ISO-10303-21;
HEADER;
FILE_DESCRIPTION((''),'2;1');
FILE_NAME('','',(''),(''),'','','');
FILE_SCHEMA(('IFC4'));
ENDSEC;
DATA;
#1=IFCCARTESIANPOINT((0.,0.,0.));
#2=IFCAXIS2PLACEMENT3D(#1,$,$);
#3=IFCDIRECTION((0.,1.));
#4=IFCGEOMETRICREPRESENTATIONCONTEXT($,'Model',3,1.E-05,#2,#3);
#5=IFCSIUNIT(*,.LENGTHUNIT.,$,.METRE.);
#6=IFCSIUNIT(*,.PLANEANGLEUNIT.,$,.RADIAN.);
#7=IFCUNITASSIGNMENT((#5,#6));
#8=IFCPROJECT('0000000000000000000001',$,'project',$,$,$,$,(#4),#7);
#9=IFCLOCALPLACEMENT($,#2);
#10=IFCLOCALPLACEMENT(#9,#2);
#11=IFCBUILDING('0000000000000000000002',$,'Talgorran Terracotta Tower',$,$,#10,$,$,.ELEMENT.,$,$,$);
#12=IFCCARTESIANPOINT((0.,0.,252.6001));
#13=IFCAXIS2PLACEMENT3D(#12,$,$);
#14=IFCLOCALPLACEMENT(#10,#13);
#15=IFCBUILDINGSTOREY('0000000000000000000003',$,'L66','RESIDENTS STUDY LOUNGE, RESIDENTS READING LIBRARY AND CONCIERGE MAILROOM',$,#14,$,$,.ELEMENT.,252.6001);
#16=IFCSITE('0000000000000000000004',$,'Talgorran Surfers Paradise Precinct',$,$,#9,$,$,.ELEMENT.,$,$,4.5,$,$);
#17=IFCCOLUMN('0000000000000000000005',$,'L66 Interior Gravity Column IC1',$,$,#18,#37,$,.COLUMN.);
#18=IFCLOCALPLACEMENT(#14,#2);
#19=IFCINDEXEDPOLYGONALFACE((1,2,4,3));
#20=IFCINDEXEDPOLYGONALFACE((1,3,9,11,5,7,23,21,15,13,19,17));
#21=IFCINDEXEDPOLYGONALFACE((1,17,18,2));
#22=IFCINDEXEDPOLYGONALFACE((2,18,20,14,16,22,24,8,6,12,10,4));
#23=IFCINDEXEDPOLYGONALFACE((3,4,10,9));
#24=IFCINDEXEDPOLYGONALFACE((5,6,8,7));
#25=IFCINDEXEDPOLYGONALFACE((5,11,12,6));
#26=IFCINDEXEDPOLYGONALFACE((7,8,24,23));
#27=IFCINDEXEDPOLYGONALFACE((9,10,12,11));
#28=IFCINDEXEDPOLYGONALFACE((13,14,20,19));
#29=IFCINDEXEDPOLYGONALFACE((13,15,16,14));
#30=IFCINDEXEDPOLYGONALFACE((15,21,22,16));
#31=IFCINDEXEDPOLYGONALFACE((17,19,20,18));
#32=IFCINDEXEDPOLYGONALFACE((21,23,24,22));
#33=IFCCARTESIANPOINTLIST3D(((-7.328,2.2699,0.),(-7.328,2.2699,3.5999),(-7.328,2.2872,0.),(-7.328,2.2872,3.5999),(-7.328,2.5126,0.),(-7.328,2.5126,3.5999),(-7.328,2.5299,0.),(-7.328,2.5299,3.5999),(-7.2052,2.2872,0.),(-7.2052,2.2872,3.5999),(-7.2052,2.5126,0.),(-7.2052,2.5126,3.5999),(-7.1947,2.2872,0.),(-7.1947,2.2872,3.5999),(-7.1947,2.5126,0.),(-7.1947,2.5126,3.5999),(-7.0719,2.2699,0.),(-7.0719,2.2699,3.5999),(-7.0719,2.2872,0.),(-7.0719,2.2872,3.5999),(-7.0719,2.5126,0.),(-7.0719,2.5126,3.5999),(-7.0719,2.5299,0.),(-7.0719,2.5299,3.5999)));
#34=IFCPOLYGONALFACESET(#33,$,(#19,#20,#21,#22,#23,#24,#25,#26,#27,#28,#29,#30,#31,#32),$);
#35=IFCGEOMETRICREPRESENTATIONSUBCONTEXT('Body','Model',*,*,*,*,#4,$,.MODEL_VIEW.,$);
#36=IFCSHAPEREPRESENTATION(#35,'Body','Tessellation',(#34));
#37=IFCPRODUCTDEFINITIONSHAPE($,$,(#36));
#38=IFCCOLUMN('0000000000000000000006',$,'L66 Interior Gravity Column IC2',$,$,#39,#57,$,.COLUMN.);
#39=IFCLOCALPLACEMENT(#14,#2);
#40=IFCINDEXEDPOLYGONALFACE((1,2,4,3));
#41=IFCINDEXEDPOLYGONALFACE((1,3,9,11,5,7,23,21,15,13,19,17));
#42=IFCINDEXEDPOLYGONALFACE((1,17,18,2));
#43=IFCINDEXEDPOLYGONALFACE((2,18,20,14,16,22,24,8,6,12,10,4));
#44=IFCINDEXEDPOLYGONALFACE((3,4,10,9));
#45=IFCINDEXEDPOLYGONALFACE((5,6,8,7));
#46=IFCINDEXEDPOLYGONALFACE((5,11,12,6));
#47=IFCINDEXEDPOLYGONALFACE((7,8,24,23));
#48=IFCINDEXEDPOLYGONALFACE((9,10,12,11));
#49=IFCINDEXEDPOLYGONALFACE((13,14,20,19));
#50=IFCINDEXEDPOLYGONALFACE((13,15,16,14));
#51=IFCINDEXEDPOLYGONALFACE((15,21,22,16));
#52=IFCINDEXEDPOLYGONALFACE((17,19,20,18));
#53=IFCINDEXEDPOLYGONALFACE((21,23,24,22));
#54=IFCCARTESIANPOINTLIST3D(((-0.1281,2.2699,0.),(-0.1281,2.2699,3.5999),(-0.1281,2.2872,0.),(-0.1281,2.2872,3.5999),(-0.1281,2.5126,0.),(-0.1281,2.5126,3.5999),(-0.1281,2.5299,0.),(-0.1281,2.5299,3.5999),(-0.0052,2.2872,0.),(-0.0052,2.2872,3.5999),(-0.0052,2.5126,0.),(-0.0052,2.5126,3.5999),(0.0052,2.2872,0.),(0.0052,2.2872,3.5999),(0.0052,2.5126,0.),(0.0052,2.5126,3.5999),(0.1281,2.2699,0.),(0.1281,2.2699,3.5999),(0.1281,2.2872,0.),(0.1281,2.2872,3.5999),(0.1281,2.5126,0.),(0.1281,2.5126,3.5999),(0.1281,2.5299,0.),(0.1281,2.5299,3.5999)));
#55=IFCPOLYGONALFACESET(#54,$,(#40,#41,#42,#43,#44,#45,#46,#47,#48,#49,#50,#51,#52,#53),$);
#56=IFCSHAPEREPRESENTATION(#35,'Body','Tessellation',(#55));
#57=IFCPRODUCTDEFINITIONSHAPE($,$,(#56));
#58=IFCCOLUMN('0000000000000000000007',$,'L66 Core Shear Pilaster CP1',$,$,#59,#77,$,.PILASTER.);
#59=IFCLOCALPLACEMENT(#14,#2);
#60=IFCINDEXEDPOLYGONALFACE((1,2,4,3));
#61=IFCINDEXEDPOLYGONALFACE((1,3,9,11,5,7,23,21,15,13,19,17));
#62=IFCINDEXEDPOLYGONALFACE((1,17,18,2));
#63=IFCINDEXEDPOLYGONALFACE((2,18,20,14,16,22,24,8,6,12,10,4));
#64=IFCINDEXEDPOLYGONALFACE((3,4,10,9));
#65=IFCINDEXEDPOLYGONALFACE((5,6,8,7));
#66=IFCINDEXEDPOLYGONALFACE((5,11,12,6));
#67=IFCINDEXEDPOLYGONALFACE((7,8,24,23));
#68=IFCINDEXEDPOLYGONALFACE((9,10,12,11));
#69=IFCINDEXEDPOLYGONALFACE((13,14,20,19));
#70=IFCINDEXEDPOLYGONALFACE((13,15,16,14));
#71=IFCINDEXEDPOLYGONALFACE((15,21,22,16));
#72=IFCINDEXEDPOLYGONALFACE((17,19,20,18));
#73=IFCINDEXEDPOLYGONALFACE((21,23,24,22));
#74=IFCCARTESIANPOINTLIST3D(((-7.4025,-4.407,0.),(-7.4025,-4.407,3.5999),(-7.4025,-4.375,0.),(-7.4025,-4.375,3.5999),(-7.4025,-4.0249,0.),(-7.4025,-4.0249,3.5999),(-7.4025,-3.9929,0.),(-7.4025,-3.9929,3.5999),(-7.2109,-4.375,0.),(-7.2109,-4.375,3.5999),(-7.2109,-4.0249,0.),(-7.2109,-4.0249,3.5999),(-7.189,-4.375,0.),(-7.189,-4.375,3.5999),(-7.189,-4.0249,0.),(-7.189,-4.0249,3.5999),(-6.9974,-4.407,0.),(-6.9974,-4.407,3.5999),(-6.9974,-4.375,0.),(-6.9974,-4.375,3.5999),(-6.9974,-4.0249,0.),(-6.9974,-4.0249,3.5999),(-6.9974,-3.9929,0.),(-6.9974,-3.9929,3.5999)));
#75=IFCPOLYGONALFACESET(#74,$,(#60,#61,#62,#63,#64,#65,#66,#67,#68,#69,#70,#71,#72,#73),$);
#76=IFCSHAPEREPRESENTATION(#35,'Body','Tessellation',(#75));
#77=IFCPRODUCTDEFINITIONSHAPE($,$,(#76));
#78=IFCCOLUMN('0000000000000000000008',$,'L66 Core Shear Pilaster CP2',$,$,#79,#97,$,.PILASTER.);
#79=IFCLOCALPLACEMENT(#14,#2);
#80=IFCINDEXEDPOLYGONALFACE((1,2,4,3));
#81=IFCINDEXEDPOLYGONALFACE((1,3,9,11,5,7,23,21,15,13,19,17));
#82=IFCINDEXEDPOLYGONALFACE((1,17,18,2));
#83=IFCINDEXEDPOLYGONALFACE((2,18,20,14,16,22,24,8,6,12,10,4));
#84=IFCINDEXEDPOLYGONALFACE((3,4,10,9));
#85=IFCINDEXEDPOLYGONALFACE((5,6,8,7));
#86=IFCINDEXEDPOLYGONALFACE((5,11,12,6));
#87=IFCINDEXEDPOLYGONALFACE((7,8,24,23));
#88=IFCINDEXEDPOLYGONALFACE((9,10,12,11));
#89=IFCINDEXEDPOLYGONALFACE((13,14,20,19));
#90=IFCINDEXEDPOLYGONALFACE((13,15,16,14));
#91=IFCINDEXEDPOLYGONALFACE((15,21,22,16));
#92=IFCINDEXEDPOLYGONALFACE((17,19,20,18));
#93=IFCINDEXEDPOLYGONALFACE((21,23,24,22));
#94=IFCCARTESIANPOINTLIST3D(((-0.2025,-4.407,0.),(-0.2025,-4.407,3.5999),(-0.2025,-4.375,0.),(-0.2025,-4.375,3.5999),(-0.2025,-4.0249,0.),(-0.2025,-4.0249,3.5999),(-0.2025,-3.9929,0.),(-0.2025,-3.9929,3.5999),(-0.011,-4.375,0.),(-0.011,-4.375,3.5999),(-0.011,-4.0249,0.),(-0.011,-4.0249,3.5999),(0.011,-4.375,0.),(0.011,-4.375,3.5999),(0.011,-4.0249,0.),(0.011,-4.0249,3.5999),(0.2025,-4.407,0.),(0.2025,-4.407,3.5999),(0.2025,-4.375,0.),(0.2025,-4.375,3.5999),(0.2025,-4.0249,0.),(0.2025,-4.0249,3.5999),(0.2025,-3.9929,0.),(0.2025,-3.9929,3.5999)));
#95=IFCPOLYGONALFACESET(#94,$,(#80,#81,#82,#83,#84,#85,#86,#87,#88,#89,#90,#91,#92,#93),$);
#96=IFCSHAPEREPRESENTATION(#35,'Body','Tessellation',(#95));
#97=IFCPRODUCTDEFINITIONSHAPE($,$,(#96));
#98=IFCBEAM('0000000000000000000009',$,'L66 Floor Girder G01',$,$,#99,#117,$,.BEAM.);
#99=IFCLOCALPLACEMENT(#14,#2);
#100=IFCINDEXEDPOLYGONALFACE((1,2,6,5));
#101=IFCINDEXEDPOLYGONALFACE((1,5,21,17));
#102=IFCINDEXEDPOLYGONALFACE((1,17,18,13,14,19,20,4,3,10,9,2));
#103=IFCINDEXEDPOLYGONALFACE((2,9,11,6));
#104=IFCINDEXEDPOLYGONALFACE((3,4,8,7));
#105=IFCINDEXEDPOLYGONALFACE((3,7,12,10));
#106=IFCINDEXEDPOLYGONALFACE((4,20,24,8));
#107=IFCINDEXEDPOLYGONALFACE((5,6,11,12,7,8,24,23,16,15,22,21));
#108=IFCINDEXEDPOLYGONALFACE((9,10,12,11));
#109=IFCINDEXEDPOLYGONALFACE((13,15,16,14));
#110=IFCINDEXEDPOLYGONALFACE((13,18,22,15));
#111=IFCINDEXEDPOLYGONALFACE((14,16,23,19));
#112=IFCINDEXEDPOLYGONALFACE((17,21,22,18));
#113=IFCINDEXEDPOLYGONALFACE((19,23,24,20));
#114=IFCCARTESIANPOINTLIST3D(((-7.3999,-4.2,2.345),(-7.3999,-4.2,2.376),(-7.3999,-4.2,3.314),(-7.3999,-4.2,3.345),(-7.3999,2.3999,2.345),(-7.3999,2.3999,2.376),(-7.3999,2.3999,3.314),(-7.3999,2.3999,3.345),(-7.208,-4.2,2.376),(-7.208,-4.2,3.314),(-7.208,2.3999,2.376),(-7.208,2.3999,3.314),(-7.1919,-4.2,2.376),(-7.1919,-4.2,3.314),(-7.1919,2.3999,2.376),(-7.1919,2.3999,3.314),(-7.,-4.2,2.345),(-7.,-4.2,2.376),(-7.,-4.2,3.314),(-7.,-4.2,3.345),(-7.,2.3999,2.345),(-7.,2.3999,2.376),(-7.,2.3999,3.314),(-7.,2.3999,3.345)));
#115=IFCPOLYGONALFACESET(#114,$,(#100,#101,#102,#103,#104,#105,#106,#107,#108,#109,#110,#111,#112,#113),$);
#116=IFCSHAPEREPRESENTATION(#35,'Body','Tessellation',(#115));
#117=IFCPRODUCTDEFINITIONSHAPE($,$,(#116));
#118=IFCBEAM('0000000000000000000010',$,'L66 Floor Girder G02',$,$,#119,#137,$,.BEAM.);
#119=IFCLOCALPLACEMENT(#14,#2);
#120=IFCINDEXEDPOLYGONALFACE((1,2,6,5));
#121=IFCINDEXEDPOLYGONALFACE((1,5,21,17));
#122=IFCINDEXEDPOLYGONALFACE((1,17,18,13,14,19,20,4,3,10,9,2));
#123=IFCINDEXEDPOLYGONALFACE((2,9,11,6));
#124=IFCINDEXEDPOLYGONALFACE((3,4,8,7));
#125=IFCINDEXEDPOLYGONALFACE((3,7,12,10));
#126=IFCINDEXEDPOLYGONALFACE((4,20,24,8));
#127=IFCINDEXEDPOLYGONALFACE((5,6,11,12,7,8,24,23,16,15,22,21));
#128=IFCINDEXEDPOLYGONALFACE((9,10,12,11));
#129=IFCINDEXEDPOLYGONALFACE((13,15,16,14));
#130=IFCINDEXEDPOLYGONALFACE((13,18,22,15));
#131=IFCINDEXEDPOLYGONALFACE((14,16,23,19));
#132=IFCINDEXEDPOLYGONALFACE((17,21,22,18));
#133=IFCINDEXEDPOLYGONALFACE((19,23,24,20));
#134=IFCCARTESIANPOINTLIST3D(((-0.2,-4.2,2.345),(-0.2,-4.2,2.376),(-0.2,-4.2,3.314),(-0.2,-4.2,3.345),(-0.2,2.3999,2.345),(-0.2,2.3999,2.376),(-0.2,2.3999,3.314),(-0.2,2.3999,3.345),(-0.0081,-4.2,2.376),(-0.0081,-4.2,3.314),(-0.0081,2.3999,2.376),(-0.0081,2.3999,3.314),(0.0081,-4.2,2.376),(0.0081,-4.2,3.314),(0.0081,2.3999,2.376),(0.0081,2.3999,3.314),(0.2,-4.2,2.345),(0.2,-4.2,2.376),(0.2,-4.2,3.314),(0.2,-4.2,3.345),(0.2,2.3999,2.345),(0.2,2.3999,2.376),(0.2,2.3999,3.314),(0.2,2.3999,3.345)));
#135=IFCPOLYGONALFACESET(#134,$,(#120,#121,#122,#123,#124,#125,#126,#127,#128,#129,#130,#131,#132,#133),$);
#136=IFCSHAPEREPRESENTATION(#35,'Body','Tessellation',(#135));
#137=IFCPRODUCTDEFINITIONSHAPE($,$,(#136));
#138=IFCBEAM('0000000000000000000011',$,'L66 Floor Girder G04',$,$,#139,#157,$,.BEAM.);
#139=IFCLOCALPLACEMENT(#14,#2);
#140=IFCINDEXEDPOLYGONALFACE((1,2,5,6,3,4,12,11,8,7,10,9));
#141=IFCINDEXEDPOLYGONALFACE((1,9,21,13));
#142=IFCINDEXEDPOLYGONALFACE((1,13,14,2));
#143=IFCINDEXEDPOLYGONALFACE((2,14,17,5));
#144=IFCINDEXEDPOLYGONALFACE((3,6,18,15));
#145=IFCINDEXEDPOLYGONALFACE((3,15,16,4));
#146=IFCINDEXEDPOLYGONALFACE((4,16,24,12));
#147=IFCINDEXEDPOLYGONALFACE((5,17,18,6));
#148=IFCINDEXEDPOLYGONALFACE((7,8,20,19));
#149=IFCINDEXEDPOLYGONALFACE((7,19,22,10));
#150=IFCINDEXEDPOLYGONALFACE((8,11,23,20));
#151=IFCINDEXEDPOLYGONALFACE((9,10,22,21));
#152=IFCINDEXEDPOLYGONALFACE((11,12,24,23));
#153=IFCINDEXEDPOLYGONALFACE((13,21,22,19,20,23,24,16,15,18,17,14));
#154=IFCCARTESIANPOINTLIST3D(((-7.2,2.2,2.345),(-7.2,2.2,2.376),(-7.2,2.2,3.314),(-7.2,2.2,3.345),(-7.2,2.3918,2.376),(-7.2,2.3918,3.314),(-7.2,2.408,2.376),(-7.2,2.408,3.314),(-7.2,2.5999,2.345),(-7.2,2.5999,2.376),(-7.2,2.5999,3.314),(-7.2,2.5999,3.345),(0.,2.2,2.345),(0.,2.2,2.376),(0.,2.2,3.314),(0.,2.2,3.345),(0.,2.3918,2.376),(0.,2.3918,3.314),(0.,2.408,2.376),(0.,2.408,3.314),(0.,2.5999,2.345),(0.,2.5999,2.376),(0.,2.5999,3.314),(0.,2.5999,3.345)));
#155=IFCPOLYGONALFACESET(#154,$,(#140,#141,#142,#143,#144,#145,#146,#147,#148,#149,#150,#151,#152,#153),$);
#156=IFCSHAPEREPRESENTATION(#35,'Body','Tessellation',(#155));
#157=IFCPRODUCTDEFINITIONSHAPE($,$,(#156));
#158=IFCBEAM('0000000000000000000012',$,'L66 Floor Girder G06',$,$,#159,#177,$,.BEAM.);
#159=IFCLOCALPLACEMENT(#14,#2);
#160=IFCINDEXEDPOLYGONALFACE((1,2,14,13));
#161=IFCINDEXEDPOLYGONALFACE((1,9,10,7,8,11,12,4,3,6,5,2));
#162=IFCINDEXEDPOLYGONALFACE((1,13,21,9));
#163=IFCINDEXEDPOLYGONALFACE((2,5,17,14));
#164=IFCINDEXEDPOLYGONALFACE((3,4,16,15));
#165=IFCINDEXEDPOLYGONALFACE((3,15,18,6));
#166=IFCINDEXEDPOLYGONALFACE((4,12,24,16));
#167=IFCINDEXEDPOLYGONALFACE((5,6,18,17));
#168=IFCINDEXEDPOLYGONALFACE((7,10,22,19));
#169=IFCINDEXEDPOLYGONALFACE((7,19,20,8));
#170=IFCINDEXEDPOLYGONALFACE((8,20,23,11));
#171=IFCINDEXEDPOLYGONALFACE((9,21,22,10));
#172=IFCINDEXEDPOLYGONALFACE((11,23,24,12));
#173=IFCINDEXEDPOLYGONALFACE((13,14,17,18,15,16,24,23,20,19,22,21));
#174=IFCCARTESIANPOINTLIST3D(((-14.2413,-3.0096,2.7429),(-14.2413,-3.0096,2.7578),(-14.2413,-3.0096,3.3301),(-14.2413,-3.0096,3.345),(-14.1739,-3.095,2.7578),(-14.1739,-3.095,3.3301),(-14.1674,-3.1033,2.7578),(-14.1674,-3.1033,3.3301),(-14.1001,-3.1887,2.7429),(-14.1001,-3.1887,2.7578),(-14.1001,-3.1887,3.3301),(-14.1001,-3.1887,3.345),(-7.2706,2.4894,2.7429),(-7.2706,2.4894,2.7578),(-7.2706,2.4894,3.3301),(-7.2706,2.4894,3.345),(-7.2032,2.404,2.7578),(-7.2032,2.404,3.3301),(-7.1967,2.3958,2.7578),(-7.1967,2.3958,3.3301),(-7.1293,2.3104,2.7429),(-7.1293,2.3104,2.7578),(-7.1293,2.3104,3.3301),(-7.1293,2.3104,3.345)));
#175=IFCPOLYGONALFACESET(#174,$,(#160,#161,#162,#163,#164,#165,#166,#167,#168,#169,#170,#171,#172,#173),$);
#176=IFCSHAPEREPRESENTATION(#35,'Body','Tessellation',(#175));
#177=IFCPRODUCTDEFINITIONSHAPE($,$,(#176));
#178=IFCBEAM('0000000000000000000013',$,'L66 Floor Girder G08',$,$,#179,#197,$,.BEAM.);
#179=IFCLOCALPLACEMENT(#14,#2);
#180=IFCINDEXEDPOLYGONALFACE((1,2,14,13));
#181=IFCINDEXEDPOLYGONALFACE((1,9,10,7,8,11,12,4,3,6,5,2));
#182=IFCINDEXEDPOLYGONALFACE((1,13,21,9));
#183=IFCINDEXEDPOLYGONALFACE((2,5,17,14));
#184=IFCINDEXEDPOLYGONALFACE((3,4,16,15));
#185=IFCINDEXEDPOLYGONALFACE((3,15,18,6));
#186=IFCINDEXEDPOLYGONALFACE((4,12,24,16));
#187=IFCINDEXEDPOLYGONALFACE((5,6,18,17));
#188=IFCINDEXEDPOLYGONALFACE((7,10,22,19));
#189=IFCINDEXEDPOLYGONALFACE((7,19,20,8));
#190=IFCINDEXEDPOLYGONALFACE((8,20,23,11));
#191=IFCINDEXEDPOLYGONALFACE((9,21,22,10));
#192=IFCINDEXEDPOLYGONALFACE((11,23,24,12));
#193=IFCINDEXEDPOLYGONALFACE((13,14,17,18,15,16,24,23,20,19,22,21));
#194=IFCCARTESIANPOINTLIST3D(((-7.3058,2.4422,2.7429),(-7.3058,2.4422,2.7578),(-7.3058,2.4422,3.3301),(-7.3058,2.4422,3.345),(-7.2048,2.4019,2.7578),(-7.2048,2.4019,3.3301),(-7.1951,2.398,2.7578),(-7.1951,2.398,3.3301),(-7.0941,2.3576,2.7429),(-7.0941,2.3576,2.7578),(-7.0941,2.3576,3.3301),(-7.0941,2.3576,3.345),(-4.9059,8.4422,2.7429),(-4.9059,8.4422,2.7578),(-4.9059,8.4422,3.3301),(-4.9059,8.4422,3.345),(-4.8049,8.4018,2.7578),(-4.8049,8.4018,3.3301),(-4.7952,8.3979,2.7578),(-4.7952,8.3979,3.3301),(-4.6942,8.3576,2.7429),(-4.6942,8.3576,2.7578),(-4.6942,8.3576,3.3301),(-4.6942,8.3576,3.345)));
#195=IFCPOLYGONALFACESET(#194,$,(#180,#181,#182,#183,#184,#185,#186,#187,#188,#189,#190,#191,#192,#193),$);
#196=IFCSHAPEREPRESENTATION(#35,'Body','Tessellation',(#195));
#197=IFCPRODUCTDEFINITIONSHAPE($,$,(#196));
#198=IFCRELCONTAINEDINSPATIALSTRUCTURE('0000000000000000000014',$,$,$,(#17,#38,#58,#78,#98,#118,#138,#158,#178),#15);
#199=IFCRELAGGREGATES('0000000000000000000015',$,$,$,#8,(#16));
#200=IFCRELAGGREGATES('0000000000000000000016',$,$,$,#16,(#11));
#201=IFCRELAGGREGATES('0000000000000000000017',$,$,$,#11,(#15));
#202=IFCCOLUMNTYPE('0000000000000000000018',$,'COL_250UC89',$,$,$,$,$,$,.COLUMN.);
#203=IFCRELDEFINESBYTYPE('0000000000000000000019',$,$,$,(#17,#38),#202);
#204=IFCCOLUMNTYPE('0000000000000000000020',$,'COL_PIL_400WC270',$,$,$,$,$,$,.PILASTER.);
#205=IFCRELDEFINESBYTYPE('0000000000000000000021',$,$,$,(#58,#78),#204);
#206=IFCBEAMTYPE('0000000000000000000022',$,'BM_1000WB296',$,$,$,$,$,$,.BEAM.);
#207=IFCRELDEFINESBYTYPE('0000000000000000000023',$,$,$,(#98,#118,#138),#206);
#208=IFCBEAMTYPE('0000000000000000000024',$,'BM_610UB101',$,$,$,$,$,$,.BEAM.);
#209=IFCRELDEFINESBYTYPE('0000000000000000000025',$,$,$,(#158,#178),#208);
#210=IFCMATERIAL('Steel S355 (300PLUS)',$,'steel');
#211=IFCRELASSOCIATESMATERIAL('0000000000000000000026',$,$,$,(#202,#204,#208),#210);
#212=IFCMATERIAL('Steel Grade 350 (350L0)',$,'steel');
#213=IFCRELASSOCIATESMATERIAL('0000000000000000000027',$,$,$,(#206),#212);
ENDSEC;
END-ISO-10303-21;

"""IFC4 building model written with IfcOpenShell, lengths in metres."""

from ifc_helpers import new_model, si_unit, direction, frame, origin, origin_2d, place, context, subcontext, project, spatial, i_section, extrude, material, material_profile, profile_set, type_object, element, save


model = new_model("IFC4")

# Units and contexts
model_context = context("Model", 3, precision=1e-05, world=origin(), true_north=direction((0.0, 1.0)))
body_context = subcontext(model_context, "Body", "Model", "MODEL_VIEW")
ifc_project = project(units=[si_unit("LENGTHUNIT", "METRE"), si_unit("PLANEANGLEUNIT", "RADIAN")], contexts=[model_context])

# Site, building, storey
site_placement = place(None, origin())
site = spatial("IfcSite", under=ifc_project, at=site_placement, Name="Talgorran Surfers Paradise Precinct", CompositionType="ELEMENT", RefElevation=4.5)
building_placement = place(site_placement, origin())
building = spatial("IfcBuilding", under=site, at=building_placement, Name="Talgorran Terracotta Tower", CompositionType="ELEMENT")
storey_placement = place(building_placement, frame((0.0, 0.0, 252.6001)))
storey = spatial("IfcBuildingStorey", under=building, at=storey_placement, Name="L66", Description="RESIDENTS STUDY LOUNGE, RESIDENTS READING LIBRARY AND CONCIERGE MAILROOM", CompositionType="ELEMENT", Elevation=252.6001)

# Columns
ifc_material_1 = material(Name="Steel S355 (300PLUS)", Category="steel")
ifc_material_profile_1 = material_profile(ifc_material_1, i_section(OverallWidth=0.2561, OverallDepth=0.26, WebThickness=0.0105, FlangeThickness=0.0173, at=origin_2d()), Name="250UC89.5")
ifc_profile_set_1 = profile_set([ifc_material_profile_1], Name="Steel S355 (300PLUS)")
column_type_1 = type_object("IfcColumnType", Name="COL_250UC89", PredefinedType="COLUMN", material=ifc_profile_set_1)
for number, where, z_axis, x_axis, name in (
    (1, (-7.2, 2.3999, 0.0), (0.0, 0.0, 1.0), (1.0, 0.0, 0.0), "L66 Interior Gravity Column IC1"),
    (2, (0.0, 2.3999, 0.0), (0.0, 0.0, 1.0), (1.0, 0.0, 0.0), "L66 Interior Gravity Column IC2"),
):
    element("IfcColumn", number, at=place(storey_placement, frame(where, z_axis=z_axis, x_axis=x_axis)), inside=storey, type_object=column_type_1, Name=name, PredefinedType="COLUMN", context=body_context, shape_type="SweptSolid", body=[
        extrude(i_section(OverallWidth=0.2561, OverallDepth=0.26, WebThickness=0.0105, FlangeThickness=0.0173, at=origin_2d()), origin(), (0.0, 0.0, 1.0), 3.5999),
    ])
ifc_material_profile_2 = material_profile(ifc_material_1, i_section(OverallWidth=0.405, OverallDepth=0.4141, WebThickness=0.022, FlangeThickness=0.032, at=origin_2d()), Name="400WC270")
ifc_profile_set_2 = profile_set([ifc_material_profile_2], Name="Steel S355 (300PLUS)")
column_type_2 = type_object("IfcColumnType", Name="COL_PIL_400WC270", PredefinedType="PILASTER", material=ifc_profile_set_2)
for number, where, z_axis, x_axis, name in (
    (3, (-7.2, -4.2, 0.0), (0.0, 0.0, 1.0), (1.0, 0.0, 0.0), "L66 Core Shear Pilaster CP1"),
    (4, (0.0, -4.2, 0.0), (0.0, 0.0, 1.0), (1.0, 0.0, 0.0), "L66 Core Shear Pilaster CP2"),
):
    element("IfcColumn", number, at=place(storey_placement, frame(where, z_axis=z_axis, x_axis=x_axis)), inside=storey, type_object=column_type_2, Name=name, PredefinedType="PILASTER", context=body_context, shape_type="SweptSolid", body=[
        extrude(i_section(OverallWidth=0.405, OverallDepth=0.4141, WebThickness=0.022, FlangeThickness=0.032, at=origin_2d()), origin(), (0.0, 0.0, 1.0), 3.5999),
    ])

# Beams
ifc_material_2 = material(Name="Steel Grade 350 (350L0)", Category="steel")
ifc_material_profile_3 = material_profile(ifc_material_2, i_section(OverallWidth=0.3999, OverallDepth=1.0, WebThickness=0.0161, FlangeThickness=0.031, at=origin_2d()), Name="1000WB296")
ifc_profile_set_3 = profile_set([ifc_material_profile_3], Name="Steel Grade 350 (350L0)")
beam_type_1 = type_object("IfcBeamType", Name="BM_1000WB296", PredefinedType="BEAM", material=ifc_profile_set_3)
for number, where, z_axis, x_axis, name in (
    (5, (-7.2, -4.2, 2.845), (0.0, 1.0, 0.0), (-1.0, 0.0, 0.0), "L66 Floor Girder G01"),
    (6, (0.0, -4.2, 2.845), (0.0, 1.0, 0.0), (-1.0, 0.0, 0.0), "L66 Floor Girder G02"),
):
    element("IfcBeam", number, at=place(storey_placement, frame(where, z_axis=z_axis, x_axis=x_axis)), inside=storey, type_object=beam_type_1, Name=name, PredefinedType="BEAM", context=body_context, shape_type="SweptSolid", body=[
        extrude(i_section(OverallWidth=0.3999, OverallDepth=1.0, WebThickness=0.0161, FlangeThickness=0.031, at=origin_2d()), origin(), (0.0, 0.0, 1.0), 6.5999),
    ])
beam_1_placement = place(storey_placement, frame((-7.2, 2.3999, 2.845), z_axis=(1.0, 0.0, 0.0), x_axis=(0.0, 1.0, 0.0)))
element("IfcBeam", 7, at=beam_1_placement, inside=storey, type_object=beam_type_1, Name="L66 Floor Girder G04", PredefinedType="BEAM", context=body_context, shape_type="SweptSolid", body=[
    extrude(i_section(OverallWidth=0.3999, OverallDepth=1.0, WebThickness=0.0161, FlangeThickness=0.031, at=origin_2d()), origin(), (0.0, 0.0, 1.0), 7.2),
])
ifc_material_profile_4 = material_profile(ifc_material_1, i_section(OverallWidth=0.228, OverallDepth=0.6021, WebThickness=0.0105, FlangeThickness=0.0149, at=origin_2d()), Name="610UB101")
ifc_profile_set_4 = profile_set([ifc_material_profile_4], Name="Steel S355 (300PLUS)")
beam_type_2 = type_object("IfcBeamType", Name="BM_610UB101", PredefinedType="BEAM", material=ifc_profile_set_4)
beam_2_placement = place(storey_placement, frame((-7.2, 2.3999, 3.0439), z_axis=(-0.785111, -0.619355, 0.0), x_axis=(0.619355, -0.785111, 0.0)))
element("IfcBeam", 8, at=beam_2_placement, inside=storey, type_object=beam_type_2, Name="L66 Floor Girder G06", PredefinedType="BEAM", context=body_context, shape_type="SweptSolid", body=[
    extrude(i_section(OverallWidth=0.228, OverallDepth=0.6021, WebThickness=0.0105, FlangeThickness=0.0149, at=origin_2d()), origin(), (0.0, 0.0, 1.0), 8.8787),
])
beam_3_placement = place(storey_placement, frame((-7.2, 2.3999, 3.0439), z_axis=(0.371378, 0.928482, 0.0), x_axis=(-0.928482, 0.371378, 0.0)))
element("IfcBeam", 9, at=beam_3_placement, inside=storey, type_object=beam_type_2, Name="L66 Floor Girder G08", PredefinedType="BEAM", context=body_context, shape_type="SweptSolid", body=[
    extrude(i_section(OverallWidth=0.228, OverallDepth=0.6021, WebThickness=0.0105, FlangeThickness=0.0149, at=origin_2d()), origin(), (0.0, 0.0, 1.0), 6.4622),
])

save(model, "model.ifc")
